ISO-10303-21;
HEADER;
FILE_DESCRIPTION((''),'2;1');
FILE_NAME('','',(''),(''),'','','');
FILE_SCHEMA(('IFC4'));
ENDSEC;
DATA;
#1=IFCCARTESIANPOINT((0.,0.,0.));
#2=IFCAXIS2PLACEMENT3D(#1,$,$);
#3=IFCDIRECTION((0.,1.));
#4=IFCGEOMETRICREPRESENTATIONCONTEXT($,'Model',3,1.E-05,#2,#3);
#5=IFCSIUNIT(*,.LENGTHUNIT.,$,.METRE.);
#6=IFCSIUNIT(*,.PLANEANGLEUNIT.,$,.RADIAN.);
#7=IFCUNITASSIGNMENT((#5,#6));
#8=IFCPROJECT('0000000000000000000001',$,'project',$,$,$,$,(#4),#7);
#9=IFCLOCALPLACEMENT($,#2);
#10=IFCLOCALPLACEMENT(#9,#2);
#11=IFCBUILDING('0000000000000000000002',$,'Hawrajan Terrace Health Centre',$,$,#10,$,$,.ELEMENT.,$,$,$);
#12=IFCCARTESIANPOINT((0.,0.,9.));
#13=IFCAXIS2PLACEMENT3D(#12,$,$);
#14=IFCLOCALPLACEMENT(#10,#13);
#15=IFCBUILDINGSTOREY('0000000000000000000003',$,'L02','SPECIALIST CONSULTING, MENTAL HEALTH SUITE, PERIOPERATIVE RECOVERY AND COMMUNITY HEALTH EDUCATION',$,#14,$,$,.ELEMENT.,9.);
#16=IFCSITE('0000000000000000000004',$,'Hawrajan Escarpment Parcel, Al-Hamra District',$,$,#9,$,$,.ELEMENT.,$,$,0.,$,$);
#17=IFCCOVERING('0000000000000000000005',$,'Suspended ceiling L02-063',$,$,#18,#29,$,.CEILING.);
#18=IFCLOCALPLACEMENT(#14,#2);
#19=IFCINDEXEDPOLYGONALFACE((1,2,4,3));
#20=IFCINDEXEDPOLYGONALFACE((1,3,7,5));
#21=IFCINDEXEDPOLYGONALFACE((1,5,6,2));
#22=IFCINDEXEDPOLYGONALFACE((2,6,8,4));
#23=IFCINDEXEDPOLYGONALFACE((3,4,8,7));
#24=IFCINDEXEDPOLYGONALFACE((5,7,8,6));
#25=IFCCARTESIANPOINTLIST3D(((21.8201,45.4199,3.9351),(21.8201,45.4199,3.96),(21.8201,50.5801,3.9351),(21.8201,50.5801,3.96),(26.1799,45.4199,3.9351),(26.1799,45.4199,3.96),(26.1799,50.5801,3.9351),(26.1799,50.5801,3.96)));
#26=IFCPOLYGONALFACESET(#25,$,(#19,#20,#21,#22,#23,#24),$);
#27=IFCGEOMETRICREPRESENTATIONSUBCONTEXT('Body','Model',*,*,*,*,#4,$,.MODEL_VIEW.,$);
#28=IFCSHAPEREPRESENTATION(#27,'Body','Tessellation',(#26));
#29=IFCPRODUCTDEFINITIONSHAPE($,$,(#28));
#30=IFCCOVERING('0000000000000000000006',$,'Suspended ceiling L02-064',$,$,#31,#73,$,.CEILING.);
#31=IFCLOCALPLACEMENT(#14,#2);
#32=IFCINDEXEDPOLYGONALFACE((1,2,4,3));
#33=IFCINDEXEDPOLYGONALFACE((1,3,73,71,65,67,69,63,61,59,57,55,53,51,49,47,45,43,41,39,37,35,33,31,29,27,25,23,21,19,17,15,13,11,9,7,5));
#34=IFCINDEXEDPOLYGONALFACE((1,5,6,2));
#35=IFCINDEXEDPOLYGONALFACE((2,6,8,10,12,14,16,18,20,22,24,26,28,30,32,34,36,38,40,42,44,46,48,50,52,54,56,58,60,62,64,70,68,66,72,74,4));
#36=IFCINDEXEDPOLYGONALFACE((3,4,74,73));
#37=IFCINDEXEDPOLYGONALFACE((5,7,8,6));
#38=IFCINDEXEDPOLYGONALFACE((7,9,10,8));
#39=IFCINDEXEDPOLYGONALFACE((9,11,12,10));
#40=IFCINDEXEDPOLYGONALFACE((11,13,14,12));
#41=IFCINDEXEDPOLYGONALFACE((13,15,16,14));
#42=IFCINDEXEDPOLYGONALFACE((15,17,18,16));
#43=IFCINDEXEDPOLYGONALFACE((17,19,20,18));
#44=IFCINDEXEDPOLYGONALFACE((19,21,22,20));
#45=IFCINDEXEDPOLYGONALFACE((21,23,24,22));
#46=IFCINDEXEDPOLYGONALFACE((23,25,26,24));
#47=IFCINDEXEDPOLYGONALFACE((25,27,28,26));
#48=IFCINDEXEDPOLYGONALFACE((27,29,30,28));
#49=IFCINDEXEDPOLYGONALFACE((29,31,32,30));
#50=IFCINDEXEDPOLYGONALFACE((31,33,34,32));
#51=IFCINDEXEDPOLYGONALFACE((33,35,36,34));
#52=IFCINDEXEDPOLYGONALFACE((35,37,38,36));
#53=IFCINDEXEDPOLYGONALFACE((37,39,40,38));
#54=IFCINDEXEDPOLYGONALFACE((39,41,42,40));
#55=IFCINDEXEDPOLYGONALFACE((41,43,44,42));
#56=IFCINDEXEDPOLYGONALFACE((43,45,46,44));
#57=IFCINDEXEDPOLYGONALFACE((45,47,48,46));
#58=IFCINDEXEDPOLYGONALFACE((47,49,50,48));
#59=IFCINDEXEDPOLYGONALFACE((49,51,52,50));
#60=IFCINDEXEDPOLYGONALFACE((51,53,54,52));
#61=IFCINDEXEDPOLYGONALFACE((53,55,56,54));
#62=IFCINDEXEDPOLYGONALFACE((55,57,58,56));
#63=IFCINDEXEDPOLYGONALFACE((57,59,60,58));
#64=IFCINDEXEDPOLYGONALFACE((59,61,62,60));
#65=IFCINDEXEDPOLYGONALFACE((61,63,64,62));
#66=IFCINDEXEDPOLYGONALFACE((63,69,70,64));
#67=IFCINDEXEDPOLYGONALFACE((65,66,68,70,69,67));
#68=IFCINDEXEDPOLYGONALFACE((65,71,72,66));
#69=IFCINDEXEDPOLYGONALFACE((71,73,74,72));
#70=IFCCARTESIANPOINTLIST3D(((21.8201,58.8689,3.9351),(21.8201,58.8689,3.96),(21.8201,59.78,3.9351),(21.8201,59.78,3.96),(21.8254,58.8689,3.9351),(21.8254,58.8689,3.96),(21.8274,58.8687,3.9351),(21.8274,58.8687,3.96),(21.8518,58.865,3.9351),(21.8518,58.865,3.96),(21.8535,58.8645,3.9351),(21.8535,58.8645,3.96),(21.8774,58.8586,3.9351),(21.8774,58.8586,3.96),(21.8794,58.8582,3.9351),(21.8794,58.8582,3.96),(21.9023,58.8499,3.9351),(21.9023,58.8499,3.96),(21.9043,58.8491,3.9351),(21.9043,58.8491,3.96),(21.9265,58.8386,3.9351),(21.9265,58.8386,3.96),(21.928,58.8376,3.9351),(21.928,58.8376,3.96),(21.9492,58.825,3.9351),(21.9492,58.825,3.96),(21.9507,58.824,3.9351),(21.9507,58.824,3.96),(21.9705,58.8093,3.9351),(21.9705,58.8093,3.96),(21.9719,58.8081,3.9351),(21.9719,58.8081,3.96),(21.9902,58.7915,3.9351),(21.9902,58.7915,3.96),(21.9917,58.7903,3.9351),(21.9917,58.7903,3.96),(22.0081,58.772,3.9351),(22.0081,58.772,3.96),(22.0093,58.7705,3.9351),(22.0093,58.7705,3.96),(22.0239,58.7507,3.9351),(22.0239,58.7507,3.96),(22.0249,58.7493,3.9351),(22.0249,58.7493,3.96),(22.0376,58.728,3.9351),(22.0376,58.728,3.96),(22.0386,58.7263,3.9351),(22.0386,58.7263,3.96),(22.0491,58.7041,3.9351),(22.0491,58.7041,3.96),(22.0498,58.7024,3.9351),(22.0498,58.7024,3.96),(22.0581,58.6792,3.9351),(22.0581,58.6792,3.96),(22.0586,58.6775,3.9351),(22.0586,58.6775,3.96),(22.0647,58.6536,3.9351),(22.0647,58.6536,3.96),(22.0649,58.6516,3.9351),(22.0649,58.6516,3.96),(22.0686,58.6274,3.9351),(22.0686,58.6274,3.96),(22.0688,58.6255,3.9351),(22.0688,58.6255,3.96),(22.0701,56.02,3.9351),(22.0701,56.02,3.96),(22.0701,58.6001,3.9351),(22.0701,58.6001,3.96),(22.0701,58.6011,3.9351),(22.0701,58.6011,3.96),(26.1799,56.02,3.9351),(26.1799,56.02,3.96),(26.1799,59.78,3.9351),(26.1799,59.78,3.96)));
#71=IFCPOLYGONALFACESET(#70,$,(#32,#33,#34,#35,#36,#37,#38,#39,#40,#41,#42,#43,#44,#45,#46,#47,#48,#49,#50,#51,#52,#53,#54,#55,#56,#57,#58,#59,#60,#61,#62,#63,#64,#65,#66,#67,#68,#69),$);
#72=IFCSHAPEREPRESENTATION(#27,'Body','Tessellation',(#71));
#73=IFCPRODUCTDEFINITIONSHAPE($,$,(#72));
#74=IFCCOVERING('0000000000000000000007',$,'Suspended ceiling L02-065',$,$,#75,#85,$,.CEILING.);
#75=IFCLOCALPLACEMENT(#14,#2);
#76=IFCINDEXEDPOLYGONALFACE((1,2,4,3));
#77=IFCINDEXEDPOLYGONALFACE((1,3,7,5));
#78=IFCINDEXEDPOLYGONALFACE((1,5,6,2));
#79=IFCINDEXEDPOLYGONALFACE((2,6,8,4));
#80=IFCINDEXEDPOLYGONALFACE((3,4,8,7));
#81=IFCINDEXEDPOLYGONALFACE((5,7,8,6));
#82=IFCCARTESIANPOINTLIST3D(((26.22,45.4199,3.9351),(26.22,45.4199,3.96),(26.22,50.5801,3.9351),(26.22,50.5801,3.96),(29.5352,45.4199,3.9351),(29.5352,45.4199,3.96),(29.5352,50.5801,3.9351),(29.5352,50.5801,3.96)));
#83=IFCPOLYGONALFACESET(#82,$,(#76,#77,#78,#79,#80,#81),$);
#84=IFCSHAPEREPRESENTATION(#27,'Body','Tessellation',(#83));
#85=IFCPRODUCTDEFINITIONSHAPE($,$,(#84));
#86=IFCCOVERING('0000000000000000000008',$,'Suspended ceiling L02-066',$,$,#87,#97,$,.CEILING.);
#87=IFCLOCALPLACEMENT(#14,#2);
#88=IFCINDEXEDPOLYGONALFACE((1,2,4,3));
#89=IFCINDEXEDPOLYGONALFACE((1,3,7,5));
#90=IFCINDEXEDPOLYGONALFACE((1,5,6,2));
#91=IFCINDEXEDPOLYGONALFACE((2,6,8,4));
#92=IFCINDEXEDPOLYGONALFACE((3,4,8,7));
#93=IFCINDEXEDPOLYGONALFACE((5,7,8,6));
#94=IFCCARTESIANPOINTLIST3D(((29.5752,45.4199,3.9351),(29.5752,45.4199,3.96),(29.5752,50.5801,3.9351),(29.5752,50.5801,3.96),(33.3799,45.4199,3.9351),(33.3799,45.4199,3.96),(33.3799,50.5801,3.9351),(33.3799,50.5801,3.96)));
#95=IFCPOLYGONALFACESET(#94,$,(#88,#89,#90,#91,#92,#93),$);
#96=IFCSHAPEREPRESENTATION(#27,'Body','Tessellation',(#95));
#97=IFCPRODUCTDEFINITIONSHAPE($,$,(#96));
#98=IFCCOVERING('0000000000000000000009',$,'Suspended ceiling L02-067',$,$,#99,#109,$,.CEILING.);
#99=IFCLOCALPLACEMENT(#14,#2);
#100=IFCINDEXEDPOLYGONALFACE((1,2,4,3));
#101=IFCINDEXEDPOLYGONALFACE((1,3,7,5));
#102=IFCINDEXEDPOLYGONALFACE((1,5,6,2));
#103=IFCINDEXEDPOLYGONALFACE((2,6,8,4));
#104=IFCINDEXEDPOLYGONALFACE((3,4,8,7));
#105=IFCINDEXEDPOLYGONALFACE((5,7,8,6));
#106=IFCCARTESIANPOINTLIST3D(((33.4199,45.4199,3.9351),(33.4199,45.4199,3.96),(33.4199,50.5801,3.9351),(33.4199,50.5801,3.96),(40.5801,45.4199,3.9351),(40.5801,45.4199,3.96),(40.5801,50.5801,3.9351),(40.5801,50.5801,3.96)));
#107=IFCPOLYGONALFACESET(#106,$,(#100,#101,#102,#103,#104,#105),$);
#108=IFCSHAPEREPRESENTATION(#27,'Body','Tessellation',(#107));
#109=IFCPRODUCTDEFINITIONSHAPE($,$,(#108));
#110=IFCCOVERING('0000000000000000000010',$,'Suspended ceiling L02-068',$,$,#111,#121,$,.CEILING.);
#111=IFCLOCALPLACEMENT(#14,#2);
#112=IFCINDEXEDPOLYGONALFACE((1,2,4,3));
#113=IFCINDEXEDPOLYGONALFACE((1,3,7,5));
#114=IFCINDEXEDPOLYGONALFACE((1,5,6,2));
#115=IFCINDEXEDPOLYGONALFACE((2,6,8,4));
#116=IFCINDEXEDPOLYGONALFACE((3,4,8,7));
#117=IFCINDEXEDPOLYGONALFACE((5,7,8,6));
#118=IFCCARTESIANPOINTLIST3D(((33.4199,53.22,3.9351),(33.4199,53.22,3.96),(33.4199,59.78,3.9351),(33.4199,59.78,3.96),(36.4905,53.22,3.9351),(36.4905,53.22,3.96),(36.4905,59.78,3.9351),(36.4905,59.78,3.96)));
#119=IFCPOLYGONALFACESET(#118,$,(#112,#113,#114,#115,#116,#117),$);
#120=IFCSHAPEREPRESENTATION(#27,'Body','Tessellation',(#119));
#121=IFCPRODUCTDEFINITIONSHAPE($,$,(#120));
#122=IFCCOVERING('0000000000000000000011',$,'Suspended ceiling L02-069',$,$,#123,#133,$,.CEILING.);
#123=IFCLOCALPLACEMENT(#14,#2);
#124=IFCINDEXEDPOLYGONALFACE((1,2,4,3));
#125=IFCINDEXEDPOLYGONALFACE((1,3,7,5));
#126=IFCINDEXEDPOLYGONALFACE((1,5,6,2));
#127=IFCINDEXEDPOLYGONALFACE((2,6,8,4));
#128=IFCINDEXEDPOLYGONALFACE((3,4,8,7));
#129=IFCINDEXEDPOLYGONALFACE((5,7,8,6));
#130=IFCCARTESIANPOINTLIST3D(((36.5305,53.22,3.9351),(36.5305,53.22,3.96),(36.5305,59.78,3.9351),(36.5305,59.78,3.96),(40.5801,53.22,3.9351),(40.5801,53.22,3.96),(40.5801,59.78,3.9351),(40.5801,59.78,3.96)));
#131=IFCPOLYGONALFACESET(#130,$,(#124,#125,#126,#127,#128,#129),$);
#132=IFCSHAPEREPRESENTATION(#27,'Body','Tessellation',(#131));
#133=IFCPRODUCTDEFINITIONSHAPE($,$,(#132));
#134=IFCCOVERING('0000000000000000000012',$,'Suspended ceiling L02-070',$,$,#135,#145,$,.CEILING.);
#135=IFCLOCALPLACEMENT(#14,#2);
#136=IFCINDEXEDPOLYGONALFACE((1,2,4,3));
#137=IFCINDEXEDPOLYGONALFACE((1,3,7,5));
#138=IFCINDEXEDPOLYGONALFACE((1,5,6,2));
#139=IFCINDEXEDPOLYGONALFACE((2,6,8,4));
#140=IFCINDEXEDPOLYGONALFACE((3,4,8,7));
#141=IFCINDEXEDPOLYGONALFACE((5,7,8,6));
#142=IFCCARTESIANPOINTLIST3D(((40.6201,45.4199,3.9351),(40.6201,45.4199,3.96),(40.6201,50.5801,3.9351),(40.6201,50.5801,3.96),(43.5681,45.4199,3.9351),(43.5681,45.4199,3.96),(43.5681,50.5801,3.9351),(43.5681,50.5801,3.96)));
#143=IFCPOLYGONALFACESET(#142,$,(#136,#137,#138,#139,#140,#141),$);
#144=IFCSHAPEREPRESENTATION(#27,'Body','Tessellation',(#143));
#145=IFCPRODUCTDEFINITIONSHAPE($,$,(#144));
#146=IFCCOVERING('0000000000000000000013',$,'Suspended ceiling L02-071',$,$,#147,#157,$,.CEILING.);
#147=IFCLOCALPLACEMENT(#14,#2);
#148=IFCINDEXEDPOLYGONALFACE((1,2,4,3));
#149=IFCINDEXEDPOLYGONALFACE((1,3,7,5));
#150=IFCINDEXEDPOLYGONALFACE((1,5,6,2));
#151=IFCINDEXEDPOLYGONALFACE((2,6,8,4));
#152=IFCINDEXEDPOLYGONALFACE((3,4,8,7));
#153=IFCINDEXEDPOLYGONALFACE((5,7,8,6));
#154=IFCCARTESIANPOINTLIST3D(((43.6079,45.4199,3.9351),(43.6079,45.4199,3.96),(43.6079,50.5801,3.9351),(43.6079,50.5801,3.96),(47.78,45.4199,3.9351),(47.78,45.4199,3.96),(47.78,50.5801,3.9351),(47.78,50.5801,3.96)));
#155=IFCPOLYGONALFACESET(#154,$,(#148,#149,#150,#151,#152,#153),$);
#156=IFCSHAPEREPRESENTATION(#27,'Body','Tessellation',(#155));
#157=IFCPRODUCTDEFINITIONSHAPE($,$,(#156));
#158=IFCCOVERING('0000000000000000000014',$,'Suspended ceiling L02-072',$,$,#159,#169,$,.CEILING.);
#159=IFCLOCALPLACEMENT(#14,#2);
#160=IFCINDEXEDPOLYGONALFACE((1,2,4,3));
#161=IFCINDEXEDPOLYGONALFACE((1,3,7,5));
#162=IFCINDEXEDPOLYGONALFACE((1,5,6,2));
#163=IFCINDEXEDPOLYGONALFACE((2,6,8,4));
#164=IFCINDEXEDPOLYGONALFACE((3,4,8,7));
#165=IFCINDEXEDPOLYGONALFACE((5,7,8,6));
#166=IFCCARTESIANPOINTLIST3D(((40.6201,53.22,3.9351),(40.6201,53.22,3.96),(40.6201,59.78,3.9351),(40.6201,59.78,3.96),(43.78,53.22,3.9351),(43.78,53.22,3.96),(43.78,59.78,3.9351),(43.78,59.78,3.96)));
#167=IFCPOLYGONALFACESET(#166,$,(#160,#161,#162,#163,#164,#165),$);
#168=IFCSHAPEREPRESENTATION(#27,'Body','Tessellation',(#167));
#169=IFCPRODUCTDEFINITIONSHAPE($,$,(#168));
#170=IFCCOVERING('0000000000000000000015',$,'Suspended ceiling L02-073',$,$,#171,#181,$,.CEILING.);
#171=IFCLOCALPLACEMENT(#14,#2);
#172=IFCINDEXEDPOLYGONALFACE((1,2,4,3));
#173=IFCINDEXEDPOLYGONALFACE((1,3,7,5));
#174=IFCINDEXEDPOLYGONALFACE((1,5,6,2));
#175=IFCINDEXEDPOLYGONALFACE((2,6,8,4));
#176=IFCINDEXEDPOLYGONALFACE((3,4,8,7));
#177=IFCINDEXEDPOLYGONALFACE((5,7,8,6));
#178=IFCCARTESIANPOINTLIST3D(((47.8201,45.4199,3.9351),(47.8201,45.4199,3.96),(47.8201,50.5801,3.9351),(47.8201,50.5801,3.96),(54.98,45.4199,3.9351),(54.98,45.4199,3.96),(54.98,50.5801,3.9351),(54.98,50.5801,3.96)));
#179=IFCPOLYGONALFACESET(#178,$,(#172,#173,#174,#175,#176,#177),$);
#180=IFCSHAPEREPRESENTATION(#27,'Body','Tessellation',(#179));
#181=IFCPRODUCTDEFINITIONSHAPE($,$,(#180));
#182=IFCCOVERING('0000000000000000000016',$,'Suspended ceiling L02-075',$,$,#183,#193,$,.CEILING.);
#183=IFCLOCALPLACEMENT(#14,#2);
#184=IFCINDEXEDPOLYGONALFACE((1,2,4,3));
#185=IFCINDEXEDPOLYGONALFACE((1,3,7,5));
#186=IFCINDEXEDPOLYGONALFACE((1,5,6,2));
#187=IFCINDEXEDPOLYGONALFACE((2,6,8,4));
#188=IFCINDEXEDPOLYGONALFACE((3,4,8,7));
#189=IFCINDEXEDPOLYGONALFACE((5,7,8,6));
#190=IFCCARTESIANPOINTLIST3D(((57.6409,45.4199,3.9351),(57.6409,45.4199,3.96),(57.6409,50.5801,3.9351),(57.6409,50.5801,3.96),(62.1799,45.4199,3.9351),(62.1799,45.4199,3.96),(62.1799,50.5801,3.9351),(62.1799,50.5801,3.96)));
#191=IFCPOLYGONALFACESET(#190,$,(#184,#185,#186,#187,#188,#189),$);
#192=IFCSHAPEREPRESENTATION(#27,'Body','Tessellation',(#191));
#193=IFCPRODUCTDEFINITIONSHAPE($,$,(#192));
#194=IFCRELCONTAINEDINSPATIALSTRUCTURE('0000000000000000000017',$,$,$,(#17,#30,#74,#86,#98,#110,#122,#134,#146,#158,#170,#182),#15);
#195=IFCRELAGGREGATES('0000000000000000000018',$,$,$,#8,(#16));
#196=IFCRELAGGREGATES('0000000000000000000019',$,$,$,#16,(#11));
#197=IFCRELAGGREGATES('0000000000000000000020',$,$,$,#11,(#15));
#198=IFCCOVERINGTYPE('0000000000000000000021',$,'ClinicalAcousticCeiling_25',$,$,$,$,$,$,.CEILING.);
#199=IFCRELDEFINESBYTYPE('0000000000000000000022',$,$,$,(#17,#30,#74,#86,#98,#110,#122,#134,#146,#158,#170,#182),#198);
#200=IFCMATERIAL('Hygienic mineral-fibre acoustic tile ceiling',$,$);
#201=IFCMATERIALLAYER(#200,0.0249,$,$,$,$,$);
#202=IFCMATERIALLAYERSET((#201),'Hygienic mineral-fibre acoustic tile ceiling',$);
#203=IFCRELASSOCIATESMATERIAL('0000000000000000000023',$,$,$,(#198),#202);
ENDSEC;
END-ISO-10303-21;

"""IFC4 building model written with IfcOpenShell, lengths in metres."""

from ifc_helpers import new_model, si_unit, direction, frame, origin, place, context, subcontext, project, spatial, polyline, outline, extrude, material, layer, layer_set, type_object, element, save


model = new_model("IFC4")

# Units and contexts
model_context = context("Model", 3, precision=1e-05, world=origin(), true_north=direction((0.0, 1.0)))
body_context = subcontext(model_context, "Body", "Model", "MODEL_VIEW")
ifc_project = project(units=[si_unit("LENGTHUNIT", "METRE"), si_unit("PLANEANGLEUNIT", "RADIAN")], contexts=[model_context])

# Site, building, storey
site_placement = place(None, origin())
site = spatial("IfcSite", under=ifc_project, at=site_placement, Name="Hawrajan Escarpment Parcel, Al-Hamra District", CompositionType="ELEMENT", RefElevation=0.0)
building_placement = place(site_placement, origin())
building = spatial("IfcBuilding", under=site, at=building_placement, Name="Hawrajan Terrace Health Centre", CompositionType="ELEMENT")
storey_placement = place(building_placement, frame((0.0, 0.0, 9.0)))
storey = spatial("IfcBuildingStorey", under=building, at=storey_placement, Name="L02", Description="SPECIALIST CONSULTING, MENTAL HEALTH SUITE, PERIOPERATIVE RECOVERY AND COMMUNITY HEALTH EDUCATION", CompositionType="ELEMENT", Elevation=9.0)

# Coverings
ifc_material = material(Name="Hygienic mineral-fibre acoustic tile ceiling")
ifc_layer = layer(ifc_material, 0.0249)
ifc_layer_set = layer_set([ifc_layer], Name="Hygienic mineral-fibre acoustic tile ceiling")
covering_type = type_object("IfcCoveringType", Name="ClinicalAcousticCeiling_25", PredefinedType="CEILING", material=ifc_layer_set)
covering_1_placement = place(storey_placement, frame((0.0, 0.0, 3.9351)))
element("IfcCovering", 1, at=covering_1_placement, inside=storey, type_object=covering_type, Name="Suspended ceiling L02-063", PredefinedType="CEILING", context=body_context, shape_type="SweptSolid", body=[
    extrude(outline(polyline([(21.8201, 50.5801), (26.1799, 50.5801), (26.1799, 45.4199), (21.8201, 45.4199), (21.8201, 50.5801)])), origin(), (0.0, 0.0, 1.0), 0.0249),
])
covering_2_placement = place(storey_placement, frame((0.0, 0.0, 3.9351)))
element("IfcCovering", 2, at=covering_2_placement, inside=storey, type_object=covering_type, Name="Suspended ceiling L02-064", PredefinedType="CEILING", context=body_context, shape_type="SweptSolid", body=[
    extrude(outline(polyline([(21.8201, 59.78), (26.1799, 59.78), (26.1799, 56.02), (22.0701, 56.02), (22.0701, 58.6001), (22.0701, 58.6011), (22.0688, 58.6255), (22.0686, 58.6274), (22.0649, 58.6516), (22.0647, 58.6536), (22.0586, 58.6775), (22.0581, 58.6792), (22.0498, 58.7024), (22.0491, 58.7041), (22.0386, 58.7263), (22.0376, 58.728), (22.0249, 58.7493), (22.0239, 58.7507), (22.0093, 58.7705), (22.0081, 58.772), (21.9917, 58.7903), (21.9902, 58.7915), (21.9719, 58.8081), (21.9705, 58.8093), (21.9507, 58.824), (21.9492, 58.825), (21.928, 58.8376), (21.9265, 58.8386), (21.9043, 58.8491), (21.9023, 58.8499), (21.8794, 58.8582), (21.8774, 58.8586), (21.8535, 58.8645), (21.8518, 58.865), (21.8274, 58.8687), (21.8254, 58.8689), (21.8201, 58.8689), (21.8201, 59.78)])), origin(), (0.0, 0.0, 1.0), 0.0249),
])
covering_3_placement = place(storey_placement, frame((0.0, 0.0, 3.9351)))
element("IfcCovering", 3, at=covering_3_placement, inside=storey, type_object=covering_type, Name="Suspended ceiling L02-065", PredefinedType="CEILING", context=body_context, shape_type="SweptSolid", body=[
    extrude(outline(polyline([(26.22, 50.5801), (29.5352, 50.5801), (29.5352, 45.4199), (26.22, 45.4199), (26.22, 50.5801)])), origin(), (0.0, 0.0, 1.0), 0.0249),
])
covering_4_placement = place(storey_placement, frame((0.0, 0.0, 3.9351)))
element("IfcCovering", 4, at=covering_4_placement, inside=storey, type_object=covering_type, Name="Suspended ceiling L02-066", PredefinedType="CEILING", context=body_context, shape_type="SweptSolid", body=[
    extrude(outline(polyline([(29.5752, 50.5801), (33.3799, 50.5801), (33.3799, 45.4199), (29.5752, 45.4199), (29.5752, 50.5801)])), origin(), (0.0, 0.0, 1.0), 0.0249),
])
covering_5_placement = place(storey_placement, frame((0.0, 0.0, 3.9351)))
element("IfcCovering", 5, at=covering_5_placement, inside=storey, type_object=covering_type, Name="Suspended ceiling L02-067", PredefinedType="CEILING", context=body_context, shape_type="SweptSolid", body=[
    extrude(outline(polyline([(33.4199, 50.5801), (40.5801, 50.5801), (40.5801, 45.4199), (33.4199, 45.4199), (33.4199, 50.5801)])), origin(), (0.0, 0.0, 1.0), 0.0249),
])
covering_6_placement = place(storey_placement, frame((0.0, 0.0, 3.9351)))
element("IfcCovering", 6, at=covering_6_placement, inside=storey, type_object=covering_type, Name="Suspended ceiling L02-068", PredefinedType="CEILING", context=body_context, shape_type="SweptSolid", body=[
    extrude(outline(polyline([(33.4199, 59.78), (36.4905, 59.78), (36.4905, 53.22), (33.4199, 53.22), (33.4199, 59.78)])), origin(), (0.0, 0.0, 1.0), 0.0249),
])
covering_7_placement = place(storey_placement, frame((0.0, 0.0, 3.9351)))
element("IfcCovering", 7, at=covering_7_placement, inside=storey, type_object=covering_type, Name="Suspended ceiling L02-069", PredefinedType="CEILING", context=body_context, shape_type="SweptSolid", body=[
    extrude(outline(polyline([(36.5305, 59.78), (40.5801, 59.78), (40.5801, 53.22), (36.5305, 53.22), (36.5305, 59.78)])), origin(), (0.0, 0.0, 1.0), 0.0249),
])
covering_8_placement = place(storey_placement, frame((0.0, 0.0, 3.9351)))
element("IfcCovering", 8, at=covering_8_placement, inside=storey, type_object=covering_type, Name="Suspended ceiling L02-070", PredefinedType="CEILING", context=body_context, shape_type="SweptSolid", body=[
    extrude(outline(polyline([(40.6201, 50.5801), (43.5681, 50.5801), (43.5681, 45.4199), (40.6201, 45.4199), (40.6201, 50.5801)])), origin(), (0.0, 0.0, 1.0), 0.0249),
])
covering_9_placement = place(storey_placement, frame((0.0, 0.0, 3.9351)))
element("IfcCovering", 9, at=covering_9_placement, inside=storey, type_object=covering_type, Name="Suspended ceiling L02-071", PredefinedType="CEILING", context=body_context, shape_type="SweptSolid", body=[
    extrude(outline(polyline([(43.6079, 50.5801), (47.78, 50.5801), (47.78, 45.4199), (43.6079, 45.4199), (43.6079, 50.5801)])), origin(), (0.0, 0.0, 1.0), 0.0249),
])
covering_10_placement = place(storey_placement, frame((0.0, 0.0, 3.9351)))
element("IfcCovering", 10, at=covering_10_placement, inside=storey, type_object=covering_type, Name="Suspended ceiling L02-072", PredefinedType="CEILING", context=body_context, shape_type="SweptSolid", body=[
    extrude(outline(polyline([(40.6201, 59.78), (43.78, 59.78), (43.78, 53.22), (40.6201, 53.22), (40.6201, 59.78)])), origin(), (0.0, 0.0, 1.0), 0.0249),
])
covering_11_placement = place(storey_placement, frame((0.0, 0.0, 3.9351)))
element("IfcCovering", 11, at=covering_11_placement, inside=storey, type_object=covering_type, Name="Suspended ceiling L02-073", PredefinedType="CEILING", context=body_context, shape_type="SweptSolid", body=[
    extrude(outline(polyline([(47.8201, 50.5801), (54.98, 50.5801), (54.98, 45.4199), (47.8201, 45.4199), (47.8201, 50.5801)])), origin(), (0.0, 0.0, 1.0), 0.0249),
])
covering_12_placement = place(storey_placement, frame((0.0, 0.0, 3.9351)))
element("IfcCovering", 12, at=covering_12_placement, inside=storey, type_object=covering_type, Name="Suspended ceiling L02-075", PredefinedType="CEILING", context=body_context, shape_type="SweptSolid", body=[
    extrude(outline(polyline([(57.6409, 50.5801), (62.1799, 50.5801), (62.1799, 45.4199), (57.6409, 45.4199), (57.6409, 50.5801)])), origin(), (0.0, 0.0, 1.0), 0.0249),
])

save(model, "model.ifc")
